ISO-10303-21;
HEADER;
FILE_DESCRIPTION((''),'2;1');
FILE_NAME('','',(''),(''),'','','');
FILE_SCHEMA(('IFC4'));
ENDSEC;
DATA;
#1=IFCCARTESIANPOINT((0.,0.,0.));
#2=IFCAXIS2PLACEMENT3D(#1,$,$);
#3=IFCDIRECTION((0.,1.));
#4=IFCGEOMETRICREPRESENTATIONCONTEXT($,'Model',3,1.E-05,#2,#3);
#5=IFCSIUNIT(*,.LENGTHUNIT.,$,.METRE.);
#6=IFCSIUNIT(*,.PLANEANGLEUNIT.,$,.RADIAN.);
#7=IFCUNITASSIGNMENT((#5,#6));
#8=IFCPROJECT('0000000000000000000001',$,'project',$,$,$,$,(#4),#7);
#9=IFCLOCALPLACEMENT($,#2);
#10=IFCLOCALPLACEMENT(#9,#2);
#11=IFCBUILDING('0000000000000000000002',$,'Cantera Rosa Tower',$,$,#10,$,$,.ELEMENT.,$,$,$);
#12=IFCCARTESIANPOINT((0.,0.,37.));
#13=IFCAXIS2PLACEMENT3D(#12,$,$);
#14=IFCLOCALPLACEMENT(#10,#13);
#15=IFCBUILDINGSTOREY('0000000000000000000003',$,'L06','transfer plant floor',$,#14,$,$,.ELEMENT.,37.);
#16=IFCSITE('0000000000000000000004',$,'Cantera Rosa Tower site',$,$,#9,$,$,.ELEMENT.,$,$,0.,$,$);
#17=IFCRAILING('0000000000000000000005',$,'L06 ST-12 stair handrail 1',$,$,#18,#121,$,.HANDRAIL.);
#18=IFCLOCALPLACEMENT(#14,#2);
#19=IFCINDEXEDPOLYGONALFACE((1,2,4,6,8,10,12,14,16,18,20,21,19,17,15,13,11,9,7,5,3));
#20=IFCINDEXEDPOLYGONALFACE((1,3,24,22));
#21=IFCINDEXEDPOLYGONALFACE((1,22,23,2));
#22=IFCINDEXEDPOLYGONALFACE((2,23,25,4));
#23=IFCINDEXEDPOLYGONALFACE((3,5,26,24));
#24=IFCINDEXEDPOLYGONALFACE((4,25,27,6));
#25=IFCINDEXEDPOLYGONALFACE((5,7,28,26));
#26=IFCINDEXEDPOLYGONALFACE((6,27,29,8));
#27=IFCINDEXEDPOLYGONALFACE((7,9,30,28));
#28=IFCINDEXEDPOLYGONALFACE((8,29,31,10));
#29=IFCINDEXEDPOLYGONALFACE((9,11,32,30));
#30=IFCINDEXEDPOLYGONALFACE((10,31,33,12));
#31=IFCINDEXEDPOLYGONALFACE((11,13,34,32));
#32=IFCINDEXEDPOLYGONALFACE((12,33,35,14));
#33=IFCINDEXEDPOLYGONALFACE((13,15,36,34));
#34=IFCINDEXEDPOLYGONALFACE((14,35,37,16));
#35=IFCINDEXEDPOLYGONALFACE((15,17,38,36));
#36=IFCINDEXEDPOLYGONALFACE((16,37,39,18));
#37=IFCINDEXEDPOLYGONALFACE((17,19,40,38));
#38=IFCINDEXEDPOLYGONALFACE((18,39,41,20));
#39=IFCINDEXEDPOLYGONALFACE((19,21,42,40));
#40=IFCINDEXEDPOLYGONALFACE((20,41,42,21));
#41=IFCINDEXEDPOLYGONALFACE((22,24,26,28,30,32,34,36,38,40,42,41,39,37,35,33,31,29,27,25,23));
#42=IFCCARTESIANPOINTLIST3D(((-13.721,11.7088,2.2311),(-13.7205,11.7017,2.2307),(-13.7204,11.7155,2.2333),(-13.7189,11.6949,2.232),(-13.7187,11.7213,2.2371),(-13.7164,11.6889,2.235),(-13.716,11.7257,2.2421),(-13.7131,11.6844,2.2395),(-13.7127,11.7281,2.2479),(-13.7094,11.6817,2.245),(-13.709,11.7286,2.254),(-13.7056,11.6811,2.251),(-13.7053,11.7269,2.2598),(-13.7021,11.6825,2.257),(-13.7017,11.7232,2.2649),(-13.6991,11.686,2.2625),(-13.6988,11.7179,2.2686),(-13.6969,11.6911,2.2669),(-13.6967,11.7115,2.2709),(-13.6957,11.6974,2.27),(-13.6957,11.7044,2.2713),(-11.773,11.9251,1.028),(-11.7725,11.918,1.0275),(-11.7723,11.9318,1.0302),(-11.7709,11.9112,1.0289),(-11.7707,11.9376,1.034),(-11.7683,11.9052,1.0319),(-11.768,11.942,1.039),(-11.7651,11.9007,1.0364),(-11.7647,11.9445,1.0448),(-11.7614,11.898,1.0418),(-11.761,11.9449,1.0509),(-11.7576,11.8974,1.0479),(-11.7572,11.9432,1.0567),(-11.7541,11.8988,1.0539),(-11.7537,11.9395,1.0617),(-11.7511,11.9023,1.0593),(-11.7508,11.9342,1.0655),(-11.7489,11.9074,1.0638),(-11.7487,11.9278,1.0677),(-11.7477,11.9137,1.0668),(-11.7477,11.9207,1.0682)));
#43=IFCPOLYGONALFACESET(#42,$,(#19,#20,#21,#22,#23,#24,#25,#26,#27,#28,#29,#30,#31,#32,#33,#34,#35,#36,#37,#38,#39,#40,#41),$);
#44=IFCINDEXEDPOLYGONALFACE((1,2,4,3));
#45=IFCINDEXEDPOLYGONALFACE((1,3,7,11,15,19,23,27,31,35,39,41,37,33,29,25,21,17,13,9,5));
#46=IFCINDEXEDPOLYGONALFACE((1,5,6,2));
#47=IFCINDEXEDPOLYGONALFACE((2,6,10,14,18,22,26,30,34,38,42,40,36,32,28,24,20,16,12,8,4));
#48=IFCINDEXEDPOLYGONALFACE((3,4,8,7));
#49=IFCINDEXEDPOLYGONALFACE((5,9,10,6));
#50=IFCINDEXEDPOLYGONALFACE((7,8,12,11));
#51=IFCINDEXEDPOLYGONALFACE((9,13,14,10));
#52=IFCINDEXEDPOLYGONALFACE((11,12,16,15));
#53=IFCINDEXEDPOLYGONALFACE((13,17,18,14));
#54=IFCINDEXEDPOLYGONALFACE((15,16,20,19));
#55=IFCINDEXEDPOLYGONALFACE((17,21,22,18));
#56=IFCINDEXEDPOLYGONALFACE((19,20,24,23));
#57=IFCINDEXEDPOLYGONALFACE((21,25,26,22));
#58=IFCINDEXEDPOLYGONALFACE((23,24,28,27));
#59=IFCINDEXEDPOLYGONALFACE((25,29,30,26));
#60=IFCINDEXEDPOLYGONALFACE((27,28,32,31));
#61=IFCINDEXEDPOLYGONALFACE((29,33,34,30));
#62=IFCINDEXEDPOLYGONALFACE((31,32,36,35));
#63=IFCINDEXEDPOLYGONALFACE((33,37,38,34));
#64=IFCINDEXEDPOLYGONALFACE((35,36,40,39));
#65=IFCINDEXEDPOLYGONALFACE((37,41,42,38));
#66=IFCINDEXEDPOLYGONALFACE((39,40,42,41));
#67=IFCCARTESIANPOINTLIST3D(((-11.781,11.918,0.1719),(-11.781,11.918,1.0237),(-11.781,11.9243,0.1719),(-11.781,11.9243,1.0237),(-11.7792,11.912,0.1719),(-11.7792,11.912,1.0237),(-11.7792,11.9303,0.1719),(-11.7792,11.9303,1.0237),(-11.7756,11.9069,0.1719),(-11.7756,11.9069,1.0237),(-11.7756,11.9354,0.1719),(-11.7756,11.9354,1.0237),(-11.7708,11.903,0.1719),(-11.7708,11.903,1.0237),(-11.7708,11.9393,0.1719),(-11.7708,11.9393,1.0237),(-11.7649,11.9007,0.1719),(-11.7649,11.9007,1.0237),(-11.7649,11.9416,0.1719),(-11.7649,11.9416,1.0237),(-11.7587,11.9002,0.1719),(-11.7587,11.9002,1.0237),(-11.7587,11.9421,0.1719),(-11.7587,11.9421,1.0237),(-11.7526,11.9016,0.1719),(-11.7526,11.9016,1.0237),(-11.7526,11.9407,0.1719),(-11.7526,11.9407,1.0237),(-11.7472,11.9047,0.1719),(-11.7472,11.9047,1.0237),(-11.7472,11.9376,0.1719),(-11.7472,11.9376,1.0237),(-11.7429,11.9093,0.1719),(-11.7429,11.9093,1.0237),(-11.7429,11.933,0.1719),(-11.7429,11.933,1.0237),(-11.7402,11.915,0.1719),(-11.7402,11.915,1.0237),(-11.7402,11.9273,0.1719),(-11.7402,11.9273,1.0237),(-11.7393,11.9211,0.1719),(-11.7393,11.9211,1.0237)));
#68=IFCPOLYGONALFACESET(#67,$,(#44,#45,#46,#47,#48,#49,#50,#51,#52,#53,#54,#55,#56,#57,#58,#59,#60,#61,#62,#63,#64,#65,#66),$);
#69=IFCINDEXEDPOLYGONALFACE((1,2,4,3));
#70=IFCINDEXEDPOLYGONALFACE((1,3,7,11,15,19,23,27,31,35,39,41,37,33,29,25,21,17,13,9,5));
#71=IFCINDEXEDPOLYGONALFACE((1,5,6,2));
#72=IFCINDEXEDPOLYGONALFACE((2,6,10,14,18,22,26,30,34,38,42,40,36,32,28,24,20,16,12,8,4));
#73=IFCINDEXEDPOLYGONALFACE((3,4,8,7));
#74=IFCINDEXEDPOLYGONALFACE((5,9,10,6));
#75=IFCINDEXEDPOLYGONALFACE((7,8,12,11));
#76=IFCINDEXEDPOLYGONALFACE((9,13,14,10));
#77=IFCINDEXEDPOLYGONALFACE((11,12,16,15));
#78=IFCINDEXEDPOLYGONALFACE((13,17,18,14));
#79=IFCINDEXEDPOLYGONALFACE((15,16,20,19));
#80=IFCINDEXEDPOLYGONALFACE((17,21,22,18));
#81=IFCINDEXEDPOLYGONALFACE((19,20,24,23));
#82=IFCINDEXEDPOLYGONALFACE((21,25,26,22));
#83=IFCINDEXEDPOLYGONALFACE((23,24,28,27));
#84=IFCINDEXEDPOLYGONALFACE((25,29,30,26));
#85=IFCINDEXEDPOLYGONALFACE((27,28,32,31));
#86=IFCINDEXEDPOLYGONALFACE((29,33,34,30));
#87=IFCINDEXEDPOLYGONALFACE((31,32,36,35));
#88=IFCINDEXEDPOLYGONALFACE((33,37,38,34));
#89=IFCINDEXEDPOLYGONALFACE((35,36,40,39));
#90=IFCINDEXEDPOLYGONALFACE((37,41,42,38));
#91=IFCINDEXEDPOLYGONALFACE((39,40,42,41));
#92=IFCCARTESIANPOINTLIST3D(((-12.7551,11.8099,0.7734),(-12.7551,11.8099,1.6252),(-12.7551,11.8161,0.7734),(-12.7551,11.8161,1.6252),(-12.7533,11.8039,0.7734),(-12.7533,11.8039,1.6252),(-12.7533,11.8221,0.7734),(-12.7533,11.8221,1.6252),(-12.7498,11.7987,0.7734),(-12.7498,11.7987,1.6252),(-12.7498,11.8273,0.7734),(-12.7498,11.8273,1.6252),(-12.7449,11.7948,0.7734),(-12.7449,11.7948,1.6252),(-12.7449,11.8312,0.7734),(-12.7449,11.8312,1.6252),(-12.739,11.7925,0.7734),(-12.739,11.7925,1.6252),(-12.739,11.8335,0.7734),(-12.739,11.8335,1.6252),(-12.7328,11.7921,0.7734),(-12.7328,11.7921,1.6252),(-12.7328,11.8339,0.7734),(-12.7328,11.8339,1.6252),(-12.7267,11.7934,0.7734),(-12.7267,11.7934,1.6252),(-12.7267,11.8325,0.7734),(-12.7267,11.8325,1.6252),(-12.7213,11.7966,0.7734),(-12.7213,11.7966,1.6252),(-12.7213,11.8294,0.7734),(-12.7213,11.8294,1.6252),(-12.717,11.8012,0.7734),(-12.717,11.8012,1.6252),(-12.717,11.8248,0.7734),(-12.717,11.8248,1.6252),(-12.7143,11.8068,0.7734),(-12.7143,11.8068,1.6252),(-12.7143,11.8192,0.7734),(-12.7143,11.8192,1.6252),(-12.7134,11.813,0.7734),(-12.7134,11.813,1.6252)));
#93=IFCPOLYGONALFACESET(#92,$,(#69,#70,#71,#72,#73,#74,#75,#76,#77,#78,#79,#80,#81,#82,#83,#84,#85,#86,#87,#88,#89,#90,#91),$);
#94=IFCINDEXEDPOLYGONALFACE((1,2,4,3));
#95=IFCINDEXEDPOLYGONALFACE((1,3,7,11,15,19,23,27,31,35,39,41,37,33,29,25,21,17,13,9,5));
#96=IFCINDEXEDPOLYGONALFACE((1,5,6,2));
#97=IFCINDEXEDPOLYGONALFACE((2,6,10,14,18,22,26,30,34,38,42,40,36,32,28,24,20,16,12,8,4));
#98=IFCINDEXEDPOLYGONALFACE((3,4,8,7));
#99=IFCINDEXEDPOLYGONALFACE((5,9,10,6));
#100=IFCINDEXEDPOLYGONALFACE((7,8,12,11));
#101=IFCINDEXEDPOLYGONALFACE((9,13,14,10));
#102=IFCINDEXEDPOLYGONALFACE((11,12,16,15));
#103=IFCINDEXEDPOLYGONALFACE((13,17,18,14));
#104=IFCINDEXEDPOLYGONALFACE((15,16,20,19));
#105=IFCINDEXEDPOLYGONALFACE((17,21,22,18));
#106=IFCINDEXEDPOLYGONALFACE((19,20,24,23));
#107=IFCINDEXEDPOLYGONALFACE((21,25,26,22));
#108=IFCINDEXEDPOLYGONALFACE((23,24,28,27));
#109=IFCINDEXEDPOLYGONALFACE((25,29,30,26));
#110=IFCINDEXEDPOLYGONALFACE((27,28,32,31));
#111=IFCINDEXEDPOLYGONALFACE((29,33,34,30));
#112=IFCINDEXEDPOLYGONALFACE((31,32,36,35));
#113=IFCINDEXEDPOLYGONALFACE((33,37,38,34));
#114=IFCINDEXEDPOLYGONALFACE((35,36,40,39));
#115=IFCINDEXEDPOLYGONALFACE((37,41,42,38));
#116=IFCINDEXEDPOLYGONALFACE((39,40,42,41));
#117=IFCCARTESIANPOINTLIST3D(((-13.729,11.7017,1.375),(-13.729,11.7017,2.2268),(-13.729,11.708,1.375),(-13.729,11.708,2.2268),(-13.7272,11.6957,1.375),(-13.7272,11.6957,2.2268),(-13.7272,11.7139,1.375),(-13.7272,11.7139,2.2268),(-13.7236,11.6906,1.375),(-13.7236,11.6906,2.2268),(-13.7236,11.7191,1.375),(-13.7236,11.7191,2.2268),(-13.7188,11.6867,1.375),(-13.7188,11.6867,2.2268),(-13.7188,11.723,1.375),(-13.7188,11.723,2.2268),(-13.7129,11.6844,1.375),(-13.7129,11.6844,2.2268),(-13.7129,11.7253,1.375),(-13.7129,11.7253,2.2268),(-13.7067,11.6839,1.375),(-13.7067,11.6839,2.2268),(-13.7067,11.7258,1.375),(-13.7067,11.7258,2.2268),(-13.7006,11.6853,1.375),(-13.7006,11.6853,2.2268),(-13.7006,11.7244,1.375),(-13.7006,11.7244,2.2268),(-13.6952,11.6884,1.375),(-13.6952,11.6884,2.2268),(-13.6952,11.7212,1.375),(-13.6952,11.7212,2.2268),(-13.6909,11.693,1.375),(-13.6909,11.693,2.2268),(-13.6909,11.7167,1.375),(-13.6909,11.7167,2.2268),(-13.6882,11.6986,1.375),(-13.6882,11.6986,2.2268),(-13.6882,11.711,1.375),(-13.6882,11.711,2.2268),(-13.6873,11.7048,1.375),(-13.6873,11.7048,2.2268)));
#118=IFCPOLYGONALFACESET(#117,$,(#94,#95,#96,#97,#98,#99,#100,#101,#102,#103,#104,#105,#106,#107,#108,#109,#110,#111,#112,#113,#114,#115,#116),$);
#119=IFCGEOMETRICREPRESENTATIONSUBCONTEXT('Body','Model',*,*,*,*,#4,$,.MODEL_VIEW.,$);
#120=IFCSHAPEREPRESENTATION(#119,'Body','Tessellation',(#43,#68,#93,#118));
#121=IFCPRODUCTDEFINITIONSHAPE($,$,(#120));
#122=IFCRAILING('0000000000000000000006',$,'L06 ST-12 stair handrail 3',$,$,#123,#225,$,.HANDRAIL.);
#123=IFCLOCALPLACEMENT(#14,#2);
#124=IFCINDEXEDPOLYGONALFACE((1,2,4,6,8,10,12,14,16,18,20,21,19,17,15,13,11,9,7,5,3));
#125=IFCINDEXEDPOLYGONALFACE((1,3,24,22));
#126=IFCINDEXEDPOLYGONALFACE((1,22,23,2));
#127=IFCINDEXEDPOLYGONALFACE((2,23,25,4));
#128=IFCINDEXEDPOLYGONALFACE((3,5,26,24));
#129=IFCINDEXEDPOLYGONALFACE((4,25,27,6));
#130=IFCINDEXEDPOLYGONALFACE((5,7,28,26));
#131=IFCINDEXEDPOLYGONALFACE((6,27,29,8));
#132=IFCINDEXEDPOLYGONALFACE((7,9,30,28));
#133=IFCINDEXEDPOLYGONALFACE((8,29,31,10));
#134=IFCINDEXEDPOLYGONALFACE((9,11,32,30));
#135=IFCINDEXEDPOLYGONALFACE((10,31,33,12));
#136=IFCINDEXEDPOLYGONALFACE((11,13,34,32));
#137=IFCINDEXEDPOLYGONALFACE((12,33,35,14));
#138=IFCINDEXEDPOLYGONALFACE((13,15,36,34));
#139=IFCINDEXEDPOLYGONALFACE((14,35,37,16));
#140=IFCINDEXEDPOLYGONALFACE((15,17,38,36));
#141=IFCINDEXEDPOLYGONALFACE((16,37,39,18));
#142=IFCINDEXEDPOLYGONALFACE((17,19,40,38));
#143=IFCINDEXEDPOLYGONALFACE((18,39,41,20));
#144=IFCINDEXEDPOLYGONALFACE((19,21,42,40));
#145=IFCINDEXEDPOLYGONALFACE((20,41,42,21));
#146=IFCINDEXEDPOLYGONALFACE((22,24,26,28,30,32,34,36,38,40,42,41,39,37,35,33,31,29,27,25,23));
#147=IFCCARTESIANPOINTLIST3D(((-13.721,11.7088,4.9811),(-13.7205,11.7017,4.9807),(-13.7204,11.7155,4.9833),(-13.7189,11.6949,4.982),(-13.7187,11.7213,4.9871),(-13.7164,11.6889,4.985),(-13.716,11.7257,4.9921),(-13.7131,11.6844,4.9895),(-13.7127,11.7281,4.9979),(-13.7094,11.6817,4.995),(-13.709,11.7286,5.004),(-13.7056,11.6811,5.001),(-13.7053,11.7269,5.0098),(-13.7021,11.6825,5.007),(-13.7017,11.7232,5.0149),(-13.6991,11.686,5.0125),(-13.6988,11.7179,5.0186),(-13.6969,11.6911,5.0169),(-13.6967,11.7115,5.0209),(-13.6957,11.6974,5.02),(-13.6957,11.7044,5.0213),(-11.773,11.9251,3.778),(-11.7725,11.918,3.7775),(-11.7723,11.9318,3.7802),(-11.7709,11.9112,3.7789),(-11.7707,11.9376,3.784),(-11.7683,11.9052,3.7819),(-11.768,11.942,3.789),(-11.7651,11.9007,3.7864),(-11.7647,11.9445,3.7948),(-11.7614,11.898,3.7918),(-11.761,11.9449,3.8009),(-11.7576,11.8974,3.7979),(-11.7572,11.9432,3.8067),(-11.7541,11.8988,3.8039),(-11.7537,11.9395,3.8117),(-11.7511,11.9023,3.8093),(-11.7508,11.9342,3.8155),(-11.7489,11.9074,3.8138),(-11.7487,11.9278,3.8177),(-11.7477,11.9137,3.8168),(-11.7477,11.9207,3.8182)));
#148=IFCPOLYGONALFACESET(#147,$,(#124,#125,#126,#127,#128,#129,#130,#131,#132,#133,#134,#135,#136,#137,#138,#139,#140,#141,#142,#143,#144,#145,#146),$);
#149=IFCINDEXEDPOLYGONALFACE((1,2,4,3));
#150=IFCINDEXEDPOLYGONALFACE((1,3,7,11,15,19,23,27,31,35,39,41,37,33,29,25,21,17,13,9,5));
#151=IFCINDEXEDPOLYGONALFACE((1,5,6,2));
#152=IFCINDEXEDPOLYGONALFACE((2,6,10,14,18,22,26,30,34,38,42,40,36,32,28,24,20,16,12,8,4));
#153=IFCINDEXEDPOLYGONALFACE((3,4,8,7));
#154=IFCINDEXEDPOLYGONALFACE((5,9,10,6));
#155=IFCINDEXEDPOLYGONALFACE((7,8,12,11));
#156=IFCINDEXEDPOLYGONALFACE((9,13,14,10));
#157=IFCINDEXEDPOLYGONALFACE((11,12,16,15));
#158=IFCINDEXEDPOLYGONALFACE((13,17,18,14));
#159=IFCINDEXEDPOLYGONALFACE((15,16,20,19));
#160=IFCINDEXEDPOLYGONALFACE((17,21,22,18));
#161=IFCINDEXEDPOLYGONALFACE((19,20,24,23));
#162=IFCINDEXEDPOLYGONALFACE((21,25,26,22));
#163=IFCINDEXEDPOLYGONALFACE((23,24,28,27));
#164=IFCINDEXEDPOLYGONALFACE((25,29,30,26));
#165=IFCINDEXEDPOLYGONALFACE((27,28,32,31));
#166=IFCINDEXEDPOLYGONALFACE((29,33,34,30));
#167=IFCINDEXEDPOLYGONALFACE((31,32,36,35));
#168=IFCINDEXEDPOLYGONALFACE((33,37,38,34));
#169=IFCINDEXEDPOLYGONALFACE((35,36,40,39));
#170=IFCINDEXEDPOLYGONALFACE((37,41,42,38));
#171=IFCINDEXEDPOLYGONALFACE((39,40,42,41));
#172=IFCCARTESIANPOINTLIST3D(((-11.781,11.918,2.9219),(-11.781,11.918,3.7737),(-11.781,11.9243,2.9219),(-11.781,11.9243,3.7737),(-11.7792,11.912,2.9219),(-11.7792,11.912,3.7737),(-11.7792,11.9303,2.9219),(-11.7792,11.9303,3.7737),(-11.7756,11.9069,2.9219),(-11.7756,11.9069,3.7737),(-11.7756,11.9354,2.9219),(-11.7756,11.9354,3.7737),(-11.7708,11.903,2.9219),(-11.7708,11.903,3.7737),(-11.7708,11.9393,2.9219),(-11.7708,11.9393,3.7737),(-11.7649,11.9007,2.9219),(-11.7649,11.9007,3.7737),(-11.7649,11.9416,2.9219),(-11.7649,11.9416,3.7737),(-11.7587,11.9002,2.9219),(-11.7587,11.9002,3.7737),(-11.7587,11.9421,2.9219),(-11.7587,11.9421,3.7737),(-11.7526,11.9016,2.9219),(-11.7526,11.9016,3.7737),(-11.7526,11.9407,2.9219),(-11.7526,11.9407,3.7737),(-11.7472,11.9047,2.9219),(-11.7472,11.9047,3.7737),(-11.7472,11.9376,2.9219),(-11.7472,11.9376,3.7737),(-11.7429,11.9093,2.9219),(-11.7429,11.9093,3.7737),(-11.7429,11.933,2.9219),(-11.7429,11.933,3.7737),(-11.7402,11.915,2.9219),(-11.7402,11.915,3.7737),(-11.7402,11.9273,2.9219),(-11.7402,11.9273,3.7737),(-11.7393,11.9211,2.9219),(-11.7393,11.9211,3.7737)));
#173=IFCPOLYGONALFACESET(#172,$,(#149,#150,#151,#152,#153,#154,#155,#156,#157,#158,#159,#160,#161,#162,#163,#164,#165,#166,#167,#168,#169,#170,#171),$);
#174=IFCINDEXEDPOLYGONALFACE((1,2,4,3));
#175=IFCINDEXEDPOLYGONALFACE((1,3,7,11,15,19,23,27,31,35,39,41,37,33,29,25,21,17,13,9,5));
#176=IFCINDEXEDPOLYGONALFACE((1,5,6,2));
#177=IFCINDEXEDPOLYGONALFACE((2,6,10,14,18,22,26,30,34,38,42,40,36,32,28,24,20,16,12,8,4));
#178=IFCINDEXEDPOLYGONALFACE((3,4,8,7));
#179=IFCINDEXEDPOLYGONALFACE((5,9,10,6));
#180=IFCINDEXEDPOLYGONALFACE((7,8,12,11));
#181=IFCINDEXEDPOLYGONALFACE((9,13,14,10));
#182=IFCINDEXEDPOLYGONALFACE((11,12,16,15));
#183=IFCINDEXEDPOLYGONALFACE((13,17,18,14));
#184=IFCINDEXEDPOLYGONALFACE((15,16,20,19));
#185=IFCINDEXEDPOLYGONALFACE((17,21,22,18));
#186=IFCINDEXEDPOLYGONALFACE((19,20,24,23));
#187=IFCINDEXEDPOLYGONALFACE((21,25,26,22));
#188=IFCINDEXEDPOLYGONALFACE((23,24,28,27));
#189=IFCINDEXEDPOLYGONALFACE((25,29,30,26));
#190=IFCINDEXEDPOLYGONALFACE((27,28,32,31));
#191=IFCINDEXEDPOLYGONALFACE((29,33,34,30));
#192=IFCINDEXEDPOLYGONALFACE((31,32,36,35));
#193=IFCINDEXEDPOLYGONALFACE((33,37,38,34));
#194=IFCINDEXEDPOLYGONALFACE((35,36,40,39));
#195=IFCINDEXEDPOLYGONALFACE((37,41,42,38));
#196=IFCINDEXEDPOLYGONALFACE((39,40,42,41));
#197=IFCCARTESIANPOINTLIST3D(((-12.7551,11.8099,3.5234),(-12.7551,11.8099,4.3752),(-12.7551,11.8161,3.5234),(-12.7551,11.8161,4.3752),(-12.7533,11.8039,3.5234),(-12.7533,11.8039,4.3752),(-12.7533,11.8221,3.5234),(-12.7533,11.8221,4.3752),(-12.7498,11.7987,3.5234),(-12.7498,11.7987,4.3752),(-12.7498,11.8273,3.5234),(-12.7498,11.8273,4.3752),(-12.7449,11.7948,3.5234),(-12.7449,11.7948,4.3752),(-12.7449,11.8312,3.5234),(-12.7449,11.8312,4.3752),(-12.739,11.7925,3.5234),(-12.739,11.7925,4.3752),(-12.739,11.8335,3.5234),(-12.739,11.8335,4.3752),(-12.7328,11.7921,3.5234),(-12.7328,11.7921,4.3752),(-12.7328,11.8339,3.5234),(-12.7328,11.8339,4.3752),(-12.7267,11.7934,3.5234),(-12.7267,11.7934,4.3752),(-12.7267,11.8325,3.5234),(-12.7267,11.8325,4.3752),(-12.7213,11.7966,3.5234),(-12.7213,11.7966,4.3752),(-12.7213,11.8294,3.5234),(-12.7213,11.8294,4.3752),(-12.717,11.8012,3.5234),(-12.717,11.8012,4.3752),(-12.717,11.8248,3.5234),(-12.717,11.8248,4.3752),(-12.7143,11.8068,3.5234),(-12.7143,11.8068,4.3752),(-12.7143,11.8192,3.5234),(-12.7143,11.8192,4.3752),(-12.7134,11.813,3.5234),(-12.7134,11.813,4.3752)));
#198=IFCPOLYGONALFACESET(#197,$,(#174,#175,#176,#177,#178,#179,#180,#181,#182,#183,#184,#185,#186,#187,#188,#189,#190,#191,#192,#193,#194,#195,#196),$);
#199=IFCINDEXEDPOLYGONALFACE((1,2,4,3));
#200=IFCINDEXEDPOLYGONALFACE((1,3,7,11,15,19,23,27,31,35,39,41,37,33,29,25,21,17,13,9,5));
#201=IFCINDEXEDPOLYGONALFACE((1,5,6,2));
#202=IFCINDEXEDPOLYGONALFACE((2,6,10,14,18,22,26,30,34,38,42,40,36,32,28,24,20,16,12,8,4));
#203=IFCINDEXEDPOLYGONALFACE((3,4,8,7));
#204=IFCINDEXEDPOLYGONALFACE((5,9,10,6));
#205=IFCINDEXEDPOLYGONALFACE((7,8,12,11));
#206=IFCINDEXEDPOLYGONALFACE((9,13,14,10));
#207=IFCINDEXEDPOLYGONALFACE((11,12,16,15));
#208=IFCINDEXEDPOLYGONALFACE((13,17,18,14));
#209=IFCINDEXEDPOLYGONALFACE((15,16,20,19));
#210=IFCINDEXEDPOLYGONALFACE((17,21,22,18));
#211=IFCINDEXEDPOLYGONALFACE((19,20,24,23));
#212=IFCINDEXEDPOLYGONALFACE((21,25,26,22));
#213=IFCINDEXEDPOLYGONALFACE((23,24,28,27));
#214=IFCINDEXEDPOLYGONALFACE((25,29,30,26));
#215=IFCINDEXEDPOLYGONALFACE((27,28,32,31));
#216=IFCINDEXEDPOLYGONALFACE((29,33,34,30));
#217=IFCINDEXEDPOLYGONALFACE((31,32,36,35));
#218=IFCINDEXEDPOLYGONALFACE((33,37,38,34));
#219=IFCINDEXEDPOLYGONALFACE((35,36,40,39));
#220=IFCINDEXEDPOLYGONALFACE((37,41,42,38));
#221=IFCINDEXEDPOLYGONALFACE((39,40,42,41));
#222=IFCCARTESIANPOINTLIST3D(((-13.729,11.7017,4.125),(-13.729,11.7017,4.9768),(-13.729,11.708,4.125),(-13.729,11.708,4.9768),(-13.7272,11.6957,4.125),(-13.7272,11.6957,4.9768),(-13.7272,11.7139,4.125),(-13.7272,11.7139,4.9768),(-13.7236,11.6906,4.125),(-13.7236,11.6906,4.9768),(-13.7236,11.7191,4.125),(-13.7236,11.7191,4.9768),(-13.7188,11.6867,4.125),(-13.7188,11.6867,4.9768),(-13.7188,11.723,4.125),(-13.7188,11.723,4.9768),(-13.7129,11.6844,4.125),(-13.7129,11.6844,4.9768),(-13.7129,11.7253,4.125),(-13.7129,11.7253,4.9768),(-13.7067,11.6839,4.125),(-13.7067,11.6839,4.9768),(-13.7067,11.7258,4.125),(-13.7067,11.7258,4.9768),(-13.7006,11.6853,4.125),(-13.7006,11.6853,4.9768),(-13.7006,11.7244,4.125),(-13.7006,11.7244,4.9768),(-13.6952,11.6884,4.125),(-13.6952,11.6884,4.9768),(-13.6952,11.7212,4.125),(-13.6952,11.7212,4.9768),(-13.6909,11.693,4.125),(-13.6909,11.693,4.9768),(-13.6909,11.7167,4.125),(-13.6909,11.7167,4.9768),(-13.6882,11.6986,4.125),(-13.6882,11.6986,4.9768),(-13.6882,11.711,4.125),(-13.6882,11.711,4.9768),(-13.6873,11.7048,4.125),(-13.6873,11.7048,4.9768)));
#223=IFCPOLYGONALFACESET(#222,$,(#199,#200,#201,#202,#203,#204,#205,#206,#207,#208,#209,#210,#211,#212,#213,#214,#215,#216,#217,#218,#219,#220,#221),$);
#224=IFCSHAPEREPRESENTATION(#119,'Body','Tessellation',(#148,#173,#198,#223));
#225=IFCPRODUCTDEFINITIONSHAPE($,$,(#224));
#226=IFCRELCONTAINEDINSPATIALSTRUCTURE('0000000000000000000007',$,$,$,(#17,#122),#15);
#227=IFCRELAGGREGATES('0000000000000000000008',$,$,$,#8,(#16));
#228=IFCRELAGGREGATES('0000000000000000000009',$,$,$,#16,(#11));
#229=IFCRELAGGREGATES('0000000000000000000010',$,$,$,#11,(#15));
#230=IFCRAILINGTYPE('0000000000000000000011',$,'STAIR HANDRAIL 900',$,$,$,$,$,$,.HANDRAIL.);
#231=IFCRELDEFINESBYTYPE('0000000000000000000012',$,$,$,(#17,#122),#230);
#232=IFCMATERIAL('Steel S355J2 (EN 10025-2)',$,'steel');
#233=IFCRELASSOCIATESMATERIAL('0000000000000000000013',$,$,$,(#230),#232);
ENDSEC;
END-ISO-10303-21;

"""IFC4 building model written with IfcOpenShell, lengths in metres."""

from ifc_helpers import new_model, si_unit, direction, frame, origin, origin_2d, place, context, subcontext, project, spatial, circle, extrude, material, type_object, element, save


model = new_model("IFC4")

# Units and contexts
model_context = context("Model", 3, precision=1e-05, world=origin(), true_north=direction((0.0, 1.0)))
body_context = subcontext(model_context, "Body", "Model", "MODEL_VIEW")
ifc_project = project(units=[si_unit("LENGTHUNIT", "METRE"), si_unit("PLANEANGLEUNIT", "RADIAN")], contexts=[model_context])

# Site, building, storey
site_placement = place(None, origin())
site = spatial("IfcSite", under=ifc_project, at=site_placement, Name="Cantera Rosa Tower site", CompositionType="ELEMENT", RefElevation=0.0)
building_placement = place(site_placement, origin())
building = spatial("IfcBuilding", under=site, at=building_placement, Name="Cantera Rosa Tower", CompositionType="ELEMENT")
storey_placement = place(building_placement, frame((0.0, 0.0, 37.0)))
storey = spatial("IfcBuildingStorey", under=building, at=storey_placement, Name="L06", Description="transfer plant floor", CompositionType="ELEMENT", Elevation=37.0)

# Railings
ifc_material_1 = material(Name="Steel S355J2 (EN 10025-2)", Category="steel")
railing_type_1 = type_object("IfcRailingType", Name="STAIR HANDRAIL 900", PredefinedType="HANDRAIL", material=ifc_material_1)
for number, where, name in (
    (1, (-11.7603, 11.9211, 0.1719), "L06 ST-12 stair handrail 1"),
    (2, (-11.7603, 11.9211, 2.9219), "L06 ST-12 stair handrail 3"),
):
    element("IfcRailing", number, at=place(storey_placement, frame(where)), inside=storey, type_object=railing_type_1, Name=name, PredefinedType="HANDRAIL", context=body_context, shape_type="SweptSolid", body=[
        extrude(circle(Radius=0.0239, at=origin_2d()), frame((0.0, 0.0, 0.876), z_axis=(-0.847036, -0.094056, 0.523147), x_axis=(0.110363, -0.993891, 0.0)), (0.0, 0.0, 1.0), 2.2998),
        extrude(circle(Radius=0.021, at=origin_2d()), origin(), (0.0, 0.0, 1.0), 0.8518),
        extrude(circle(Radius=0.021, at=origin_2d()), frame((-0.9741, -0.1082, 0.6016)), (0.0, 0.0, 1.0), 0.8518),
        extrude(circle(Radius=0.021, at=origin_2d()), frame((-1.948, -0.2163, 1.2031)), (0.0, 0.0, 1.0), 0.8518),
    ])

save(model, "model.ifc")
